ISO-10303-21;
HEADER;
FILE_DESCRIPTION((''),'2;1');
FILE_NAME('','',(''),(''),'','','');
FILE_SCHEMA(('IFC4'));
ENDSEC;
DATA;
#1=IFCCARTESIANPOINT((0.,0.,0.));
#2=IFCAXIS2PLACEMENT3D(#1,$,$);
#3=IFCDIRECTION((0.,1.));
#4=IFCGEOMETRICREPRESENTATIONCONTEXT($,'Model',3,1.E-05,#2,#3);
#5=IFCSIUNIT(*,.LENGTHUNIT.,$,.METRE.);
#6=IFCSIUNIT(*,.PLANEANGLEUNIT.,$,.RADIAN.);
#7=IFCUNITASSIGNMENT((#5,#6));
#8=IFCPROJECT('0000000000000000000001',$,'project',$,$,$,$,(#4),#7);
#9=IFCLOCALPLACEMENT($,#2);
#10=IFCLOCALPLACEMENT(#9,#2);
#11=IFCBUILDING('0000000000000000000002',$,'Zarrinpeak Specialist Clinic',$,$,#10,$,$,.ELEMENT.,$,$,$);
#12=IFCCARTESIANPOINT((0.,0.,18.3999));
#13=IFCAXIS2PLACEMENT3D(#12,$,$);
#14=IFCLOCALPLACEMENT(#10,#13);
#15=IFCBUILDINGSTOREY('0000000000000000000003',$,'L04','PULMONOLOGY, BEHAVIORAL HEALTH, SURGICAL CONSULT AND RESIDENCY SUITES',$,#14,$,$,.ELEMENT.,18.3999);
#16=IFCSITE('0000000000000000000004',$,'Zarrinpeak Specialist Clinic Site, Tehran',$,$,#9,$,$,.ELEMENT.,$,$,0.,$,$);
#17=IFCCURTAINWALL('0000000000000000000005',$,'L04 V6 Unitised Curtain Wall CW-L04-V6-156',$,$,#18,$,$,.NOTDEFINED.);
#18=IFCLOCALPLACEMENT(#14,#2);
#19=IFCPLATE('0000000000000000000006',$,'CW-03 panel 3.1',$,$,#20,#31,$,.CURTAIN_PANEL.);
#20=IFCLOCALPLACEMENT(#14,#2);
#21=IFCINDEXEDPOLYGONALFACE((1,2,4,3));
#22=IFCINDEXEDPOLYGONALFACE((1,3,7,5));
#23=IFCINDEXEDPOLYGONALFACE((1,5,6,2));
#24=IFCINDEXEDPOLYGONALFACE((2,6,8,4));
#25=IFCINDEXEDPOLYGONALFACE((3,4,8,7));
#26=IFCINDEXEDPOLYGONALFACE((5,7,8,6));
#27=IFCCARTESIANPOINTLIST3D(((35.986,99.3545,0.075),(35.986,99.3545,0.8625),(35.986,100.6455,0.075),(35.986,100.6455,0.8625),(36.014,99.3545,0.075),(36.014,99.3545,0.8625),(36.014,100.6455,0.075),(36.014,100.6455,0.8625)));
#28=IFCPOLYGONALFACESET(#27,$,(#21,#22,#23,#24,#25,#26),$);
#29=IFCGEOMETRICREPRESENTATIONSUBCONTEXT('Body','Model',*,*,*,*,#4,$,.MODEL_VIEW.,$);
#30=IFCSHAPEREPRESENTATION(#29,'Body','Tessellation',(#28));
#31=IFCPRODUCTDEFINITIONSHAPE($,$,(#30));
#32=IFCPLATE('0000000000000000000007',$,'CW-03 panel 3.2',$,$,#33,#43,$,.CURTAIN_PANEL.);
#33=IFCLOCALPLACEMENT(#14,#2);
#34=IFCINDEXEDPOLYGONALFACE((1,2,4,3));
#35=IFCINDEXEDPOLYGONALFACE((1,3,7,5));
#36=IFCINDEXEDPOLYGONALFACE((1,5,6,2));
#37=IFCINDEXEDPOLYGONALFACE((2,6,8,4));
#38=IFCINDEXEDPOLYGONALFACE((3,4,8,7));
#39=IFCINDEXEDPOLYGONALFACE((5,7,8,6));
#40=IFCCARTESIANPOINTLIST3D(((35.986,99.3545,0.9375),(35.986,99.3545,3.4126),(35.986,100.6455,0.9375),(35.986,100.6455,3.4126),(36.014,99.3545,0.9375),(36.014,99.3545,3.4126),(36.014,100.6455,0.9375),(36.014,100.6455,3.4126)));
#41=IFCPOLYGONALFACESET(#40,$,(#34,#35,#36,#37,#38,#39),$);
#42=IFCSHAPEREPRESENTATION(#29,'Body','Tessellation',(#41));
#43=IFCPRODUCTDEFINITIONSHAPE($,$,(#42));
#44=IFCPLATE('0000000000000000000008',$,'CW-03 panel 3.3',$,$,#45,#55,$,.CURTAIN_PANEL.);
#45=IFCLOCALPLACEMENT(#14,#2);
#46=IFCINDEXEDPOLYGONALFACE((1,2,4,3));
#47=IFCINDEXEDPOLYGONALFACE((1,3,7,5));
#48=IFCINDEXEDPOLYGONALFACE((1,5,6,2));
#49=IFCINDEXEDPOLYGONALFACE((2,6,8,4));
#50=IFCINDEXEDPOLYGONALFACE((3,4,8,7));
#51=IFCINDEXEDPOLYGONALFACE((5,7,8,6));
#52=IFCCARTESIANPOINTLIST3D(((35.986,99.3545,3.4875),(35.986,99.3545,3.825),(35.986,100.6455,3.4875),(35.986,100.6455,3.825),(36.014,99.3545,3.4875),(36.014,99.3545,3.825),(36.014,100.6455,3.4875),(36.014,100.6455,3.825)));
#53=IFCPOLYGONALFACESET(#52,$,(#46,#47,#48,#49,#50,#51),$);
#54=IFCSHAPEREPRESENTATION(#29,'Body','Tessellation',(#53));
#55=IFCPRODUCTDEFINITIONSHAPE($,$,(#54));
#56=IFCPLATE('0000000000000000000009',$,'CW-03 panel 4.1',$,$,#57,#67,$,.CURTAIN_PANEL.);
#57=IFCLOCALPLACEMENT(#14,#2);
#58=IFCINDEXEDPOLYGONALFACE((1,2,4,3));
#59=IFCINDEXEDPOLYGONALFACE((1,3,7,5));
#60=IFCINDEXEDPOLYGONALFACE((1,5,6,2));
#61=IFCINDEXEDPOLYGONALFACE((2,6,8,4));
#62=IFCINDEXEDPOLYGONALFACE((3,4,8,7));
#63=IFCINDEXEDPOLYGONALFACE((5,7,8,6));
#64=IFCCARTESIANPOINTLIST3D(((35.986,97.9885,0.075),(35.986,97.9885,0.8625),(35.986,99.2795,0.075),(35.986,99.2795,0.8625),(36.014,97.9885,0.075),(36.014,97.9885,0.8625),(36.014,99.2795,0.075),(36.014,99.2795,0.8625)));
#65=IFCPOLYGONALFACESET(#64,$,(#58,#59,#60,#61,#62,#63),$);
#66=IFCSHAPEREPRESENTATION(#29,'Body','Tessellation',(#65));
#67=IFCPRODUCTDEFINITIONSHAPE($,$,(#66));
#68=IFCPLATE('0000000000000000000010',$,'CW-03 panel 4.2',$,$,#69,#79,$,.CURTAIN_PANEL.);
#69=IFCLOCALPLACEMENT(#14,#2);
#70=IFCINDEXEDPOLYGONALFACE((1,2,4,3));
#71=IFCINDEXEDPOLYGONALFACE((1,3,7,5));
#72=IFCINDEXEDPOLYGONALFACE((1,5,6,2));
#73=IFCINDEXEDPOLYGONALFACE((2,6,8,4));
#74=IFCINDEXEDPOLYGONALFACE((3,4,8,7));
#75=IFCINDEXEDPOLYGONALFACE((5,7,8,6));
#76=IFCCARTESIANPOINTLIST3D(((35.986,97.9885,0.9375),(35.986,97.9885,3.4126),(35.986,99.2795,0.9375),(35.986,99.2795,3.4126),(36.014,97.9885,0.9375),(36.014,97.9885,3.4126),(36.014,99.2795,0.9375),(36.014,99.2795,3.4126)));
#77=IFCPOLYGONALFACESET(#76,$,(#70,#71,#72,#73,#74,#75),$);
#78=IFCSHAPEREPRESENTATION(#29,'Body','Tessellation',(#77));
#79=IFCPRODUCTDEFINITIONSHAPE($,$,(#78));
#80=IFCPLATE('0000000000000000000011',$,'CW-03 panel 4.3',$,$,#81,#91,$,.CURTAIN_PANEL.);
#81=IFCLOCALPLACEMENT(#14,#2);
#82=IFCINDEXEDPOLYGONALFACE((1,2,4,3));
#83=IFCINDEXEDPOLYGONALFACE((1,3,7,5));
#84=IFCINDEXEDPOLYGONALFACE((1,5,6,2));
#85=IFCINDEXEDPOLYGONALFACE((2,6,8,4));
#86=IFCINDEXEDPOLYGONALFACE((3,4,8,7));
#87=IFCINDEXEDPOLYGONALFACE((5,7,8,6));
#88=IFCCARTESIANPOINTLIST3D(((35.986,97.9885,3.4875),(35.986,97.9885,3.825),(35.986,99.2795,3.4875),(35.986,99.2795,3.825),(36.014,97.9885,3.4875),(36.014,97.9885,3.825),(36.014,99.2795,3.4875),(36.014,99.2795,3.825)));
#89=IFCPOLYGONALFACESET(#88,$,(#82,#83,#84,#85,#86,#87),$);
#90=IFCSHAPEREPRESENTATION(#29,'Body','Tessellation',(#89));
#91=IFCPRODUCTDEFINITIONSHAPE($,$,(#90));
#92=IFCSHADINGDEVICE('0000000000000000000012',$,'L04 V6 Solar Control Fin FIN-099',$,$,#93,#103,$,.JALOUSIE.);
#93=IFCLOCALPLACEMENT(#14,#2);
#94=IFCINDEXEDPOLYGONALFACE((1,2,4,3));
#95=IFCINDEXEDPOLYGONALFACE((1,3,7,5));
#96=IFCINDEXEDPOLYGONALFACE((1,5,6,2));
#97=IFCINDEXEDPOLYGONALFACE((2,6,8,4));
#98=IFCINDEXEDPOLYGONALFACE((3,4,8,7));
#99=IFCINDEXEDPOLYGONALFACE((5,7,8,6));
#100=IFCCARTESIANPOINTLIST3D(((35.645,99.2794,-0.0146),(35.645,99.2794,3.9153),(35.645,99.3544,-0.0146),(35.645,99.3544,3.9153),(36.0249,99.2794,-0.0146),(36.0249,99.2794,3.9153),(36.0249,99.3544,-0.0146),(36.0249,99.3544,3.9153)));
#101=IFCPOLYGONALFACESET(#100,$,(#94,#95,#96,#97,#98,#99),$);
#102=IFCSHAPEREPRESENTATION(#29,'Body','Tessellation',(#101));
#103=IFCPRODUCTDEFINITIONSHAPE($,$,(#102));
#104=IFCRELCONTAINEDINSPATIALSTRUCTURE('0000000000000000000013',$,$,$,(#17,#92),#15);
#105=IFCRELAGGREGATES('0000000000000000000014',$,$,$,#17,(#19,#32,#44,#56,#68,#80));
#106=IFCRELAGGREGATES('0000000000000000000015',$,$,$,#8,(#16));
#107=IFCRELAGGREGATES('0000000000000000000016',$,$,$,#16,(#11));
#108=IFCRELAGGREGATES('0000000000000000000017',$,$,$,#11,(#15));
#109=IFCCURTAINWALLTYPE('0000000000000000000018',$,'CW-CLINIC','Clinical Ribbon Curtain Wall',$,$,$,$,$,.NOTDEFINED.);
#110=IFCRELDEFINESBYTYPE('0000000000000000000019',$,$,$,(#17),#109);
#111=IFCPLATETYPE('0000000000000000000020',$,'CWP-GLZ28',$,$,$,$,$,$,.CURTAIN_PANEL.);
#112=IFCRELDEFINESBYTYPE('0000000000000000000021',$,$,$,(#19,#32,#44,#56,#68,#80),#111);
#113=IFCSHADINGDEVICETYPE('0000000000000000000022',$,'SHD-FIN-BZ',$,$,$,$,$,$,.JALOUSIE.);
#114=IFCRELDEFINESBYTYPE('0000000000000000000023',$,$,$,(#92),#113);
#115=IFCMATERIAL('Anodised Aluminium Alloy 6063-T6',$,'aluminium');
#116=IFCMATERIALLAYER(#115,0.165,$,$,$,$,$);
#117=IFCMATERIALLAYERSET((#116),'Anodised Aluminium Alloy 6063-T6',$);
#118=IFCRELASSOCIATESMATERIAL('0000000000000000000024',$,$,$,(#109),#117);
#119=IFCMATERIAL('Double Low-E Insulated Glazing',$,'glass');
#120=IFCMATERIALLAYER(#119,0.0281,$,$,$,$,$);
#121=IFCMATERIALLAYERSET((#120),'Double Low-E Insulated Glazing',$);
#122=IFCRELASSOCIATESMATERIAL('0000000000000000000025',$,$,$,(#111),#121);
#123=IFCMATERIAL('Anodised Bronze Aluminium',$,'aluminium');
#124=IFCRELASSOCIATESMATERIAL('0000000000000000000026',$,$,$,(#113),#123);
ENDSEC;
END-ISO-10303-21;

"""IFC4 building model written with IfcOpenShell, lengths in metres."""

from ifc_helpers import new_model, si_unit, direction, frame, origin, origin_2d, place, context, subcontext, project, spatial, rectangle, extrude, material, layer, layer_set, type_object, element, aggregate, save


model = new_model("IFC4")

# Units and contexts
model_context = context("Model", 3, precision=1e-05, world=origin(), true_north=direction((0.0, 1.0)))
body_context = subcontext(model_context, "Body", "Model", "MODEL_VIEW")
ifc_project = project(units=[si_unit("LENGTHUNIT", "METRE"), si_unit("PLANEANGLEUNIT", "RADIAN")], contexts=[model_context])

# Site, building, storey
site_placement = place(None, origin())
site = spatial("IfcSite", under=ifc_project, at=site_placement, Name="Zarrinpeak Specialist Clinic Site, Tehran", CompositionType="ELEMENT", RefElevation=0.0)
building_placement = place(site_placement, origin())
building = spatial("IfcBuilding", under=site, at=building_placement, Name="Zarrinpeak Specialist Clinic", CompositionType="ELEMENT")
storey_placement = place(building_placement, frame((0.0, 0.0, 18.3999)))
storey = spatial("IfcBuildingStorey", under=building, at=storey_placement, Name="L04", Description="PULMONOLOGY, BEHAVIORAL HEALTH, SURGICAL CONSULT AND RESIDENCY SUITES", CompositionType="ELEMENT", Elevation=18.3999)

# Curtain wall, plates
ifc_material_1 = material(Name="Anodised Aluminium Alloy 6063-T6", Category="aluminium")
ifc_layer_1 = layer(ifc_material_1, 0.165)
ifc_layer_set_1 = layer_set([ifc_layer_1], Name="Anodised Aluminium Alloy 6063-T6")
curtain_wall_type = type_object("IfcCurtainWallType", Name="CW-CLINIC", Description="Clinical Ribbon Curtain Wall", PredefinedType="NOTDEFINED", material=ifc_layer_set_1)
curtain_wall_placement = place(storey_placement, origin())
curtain_wall = element("IfcCurtainWall", 1, at=curtain_wall_placement, inside=storey, type_object=curtain_wall_type, Name="L04 V6 Unitised Curtain Wall CW-L04-V6-156", PredefinedType="NOTDEFINED")
ifc_material_2 = material(Name="Double Low-E Insulated Glazing", Category="glass")
ifc_layer_2 = layer(ifc_material_2, 0.0281)
ifc_layer_set_2 = layer_set([ifc_layer_2], Name="Double Low-E Insulated Glazing")
plate_type = type_object("IfcPlateType", Name="CWP-GLZ28", PredefinedType="CURTAIN_PANEL", material=ifc_layer_set_2)
plate_1_placement = place(storey_placement, frame((36.0, 100.0, 0.075), z_axis=(0.0, 0.0, 1.0), x_axis=(0.0, -1.0, 0.0)))
plate_1 = element("IfcPlate", 2, at=plate_1_placement, type_object=plate_type, Name="CW-03 panel 3.1", PredefinedType="CURTAIN_PANEL", context=body_context, shape_type="SweptSolid", body=[
    extrude(rectangle(XDim=1.291, YDim=0.0281, at=origin_2d()), origin(), (0.0, 0.0, 1.0), 0.7876),
])
plate_2_placement = place(storey_placement, frame((36.0, 100.0, 0.9375), z_axis=(0.0, 0.0, 1.0), x_axis=(0.0, -1.0, 0.0)))
plate_2 = element("IfcPlate", 3, at=plate_2_placement, type_object=plate_type, Name="CW-03 panel 3.2", PredefinedType="CURTAIN_PANEL", context=body_context, shape_type="SweptSolid", body=[
    extrude(rectangle(XDim=1.291, YDim=0.0281, at=origin_2d()), origin(), (0.0, 0.0, 1.0), 2.4751),
])
plate_3_placement = place(storey_placement, frame((36.0, 100.0, 3.4875), z_axis=(0.0, 0.0, 1.0), x_axis=(0.0, -1.0, 0.0)))
plate_3 = element("IfcPlate", 4, at=plate_3_placement, type_object=plate_type, Name="CW-03 panel 3.3", PredefinedType="CURTAIN_PANEL", context=body_context, shape_type="SweptSolid", body=[
    extrude(rectangle(XDim=1.291, YDim=0.0281, at=origin_2d()), origin(), (0.0, 0.0, 1.0), 0.3374),
])
plate_4_placement = place(storey_placement, frame((36.0, 98.634, 0.075), z_axis=(0.0, 0.0, 1.0), x_axis=(0.0, -1.0, 0.0)))
plate_4 = element("IfcPlate", 5, at=plate_4_placement, type_object=plate_type, Name="CW-03 panel 4.1", PredefinedType="CURTAIN_PANEL", context=body_context, shape_type="SweptSolid", body=[
    extrude(rectangle(XDim=1.291, YDim=0.0281, at=origin_2d()), origin(), (0.0, 0.0, 1.0), 0.7876),
])
plate_5_placement = place(storey_placement, frame((36.0, 98.634, 0.9375), z_axis=(0.0, 0.0, 1.0), x_axis=(0.0, -1.0, 0.0)))
plate_5 = element("IfcPlate", 6, at=plate_5_placement, type_object=plate_type, Name="CW-03 panel 4.2", PredefinedType="CURTAIN_PANEL", context=body_context, shape_type="SweptSolid", body=[
    extrude(rectangle(XDim=1.291, YDim=0.0281, at=origin_2d()), origin(), (0.0, 0.0, 1.0), 2.4751),
])
plate_6_placement = place(storey_placement, frame((36.0, 98.634, 3.4875), z_axis=(0.0, 0.0, 1.0), x_axis=(0.0, -1.0, 0.0)))
plate_6 = element("IfcPlate", 7, at=plate_6_placement, type_object=plate_type, Name="CW-03 panel 4.3", PredefinedType="CURTAIN_PANEL", context=body_context, shape_type="SweptSolid", body=[
    extrude(rectangle(XDim=1.291, YDim=0.0281, at=origin_2d()), origin(), (0.0, 0.0, 1.0), 0.3374),
])
aggregate(curtain_wall, [plate_1, plate_2, plate_3, plate_4, plate_5, plate_6])

# Shading device
ifc_material_3 = material(Name="Anodised Bronze Aluminium", Category="aluminium")
shading_device_type = type_object("IfcShadingDeviceType", Name="SHD-FIN-BZ", PredefinedType="JALOUSIE", material=ifc_material_3)
shading_device_placement = place(storey_placement, frame((35.835, 99.3169, -0.0146), z_axis=(0.0, 0.0, 1.0), x_axis=(1.0, 0.0, 0.0)))
element("IfcShadingDevice", 8, at=shading_device_placement, inside=storey, type_object=shading_device_type, Name="L04 V6 Solar Control Fin FIN-099", PredefinedType="JALOUSIE", context=body_context, shape_type="SweptSolid", body=[
    extrude(rectangle(XDim=0.3799, YDim=0.075, at=origin_2d()), origin(), (0.0, 0.0, 1.0), 3.9299),
])

save(model, "model.ifc")
